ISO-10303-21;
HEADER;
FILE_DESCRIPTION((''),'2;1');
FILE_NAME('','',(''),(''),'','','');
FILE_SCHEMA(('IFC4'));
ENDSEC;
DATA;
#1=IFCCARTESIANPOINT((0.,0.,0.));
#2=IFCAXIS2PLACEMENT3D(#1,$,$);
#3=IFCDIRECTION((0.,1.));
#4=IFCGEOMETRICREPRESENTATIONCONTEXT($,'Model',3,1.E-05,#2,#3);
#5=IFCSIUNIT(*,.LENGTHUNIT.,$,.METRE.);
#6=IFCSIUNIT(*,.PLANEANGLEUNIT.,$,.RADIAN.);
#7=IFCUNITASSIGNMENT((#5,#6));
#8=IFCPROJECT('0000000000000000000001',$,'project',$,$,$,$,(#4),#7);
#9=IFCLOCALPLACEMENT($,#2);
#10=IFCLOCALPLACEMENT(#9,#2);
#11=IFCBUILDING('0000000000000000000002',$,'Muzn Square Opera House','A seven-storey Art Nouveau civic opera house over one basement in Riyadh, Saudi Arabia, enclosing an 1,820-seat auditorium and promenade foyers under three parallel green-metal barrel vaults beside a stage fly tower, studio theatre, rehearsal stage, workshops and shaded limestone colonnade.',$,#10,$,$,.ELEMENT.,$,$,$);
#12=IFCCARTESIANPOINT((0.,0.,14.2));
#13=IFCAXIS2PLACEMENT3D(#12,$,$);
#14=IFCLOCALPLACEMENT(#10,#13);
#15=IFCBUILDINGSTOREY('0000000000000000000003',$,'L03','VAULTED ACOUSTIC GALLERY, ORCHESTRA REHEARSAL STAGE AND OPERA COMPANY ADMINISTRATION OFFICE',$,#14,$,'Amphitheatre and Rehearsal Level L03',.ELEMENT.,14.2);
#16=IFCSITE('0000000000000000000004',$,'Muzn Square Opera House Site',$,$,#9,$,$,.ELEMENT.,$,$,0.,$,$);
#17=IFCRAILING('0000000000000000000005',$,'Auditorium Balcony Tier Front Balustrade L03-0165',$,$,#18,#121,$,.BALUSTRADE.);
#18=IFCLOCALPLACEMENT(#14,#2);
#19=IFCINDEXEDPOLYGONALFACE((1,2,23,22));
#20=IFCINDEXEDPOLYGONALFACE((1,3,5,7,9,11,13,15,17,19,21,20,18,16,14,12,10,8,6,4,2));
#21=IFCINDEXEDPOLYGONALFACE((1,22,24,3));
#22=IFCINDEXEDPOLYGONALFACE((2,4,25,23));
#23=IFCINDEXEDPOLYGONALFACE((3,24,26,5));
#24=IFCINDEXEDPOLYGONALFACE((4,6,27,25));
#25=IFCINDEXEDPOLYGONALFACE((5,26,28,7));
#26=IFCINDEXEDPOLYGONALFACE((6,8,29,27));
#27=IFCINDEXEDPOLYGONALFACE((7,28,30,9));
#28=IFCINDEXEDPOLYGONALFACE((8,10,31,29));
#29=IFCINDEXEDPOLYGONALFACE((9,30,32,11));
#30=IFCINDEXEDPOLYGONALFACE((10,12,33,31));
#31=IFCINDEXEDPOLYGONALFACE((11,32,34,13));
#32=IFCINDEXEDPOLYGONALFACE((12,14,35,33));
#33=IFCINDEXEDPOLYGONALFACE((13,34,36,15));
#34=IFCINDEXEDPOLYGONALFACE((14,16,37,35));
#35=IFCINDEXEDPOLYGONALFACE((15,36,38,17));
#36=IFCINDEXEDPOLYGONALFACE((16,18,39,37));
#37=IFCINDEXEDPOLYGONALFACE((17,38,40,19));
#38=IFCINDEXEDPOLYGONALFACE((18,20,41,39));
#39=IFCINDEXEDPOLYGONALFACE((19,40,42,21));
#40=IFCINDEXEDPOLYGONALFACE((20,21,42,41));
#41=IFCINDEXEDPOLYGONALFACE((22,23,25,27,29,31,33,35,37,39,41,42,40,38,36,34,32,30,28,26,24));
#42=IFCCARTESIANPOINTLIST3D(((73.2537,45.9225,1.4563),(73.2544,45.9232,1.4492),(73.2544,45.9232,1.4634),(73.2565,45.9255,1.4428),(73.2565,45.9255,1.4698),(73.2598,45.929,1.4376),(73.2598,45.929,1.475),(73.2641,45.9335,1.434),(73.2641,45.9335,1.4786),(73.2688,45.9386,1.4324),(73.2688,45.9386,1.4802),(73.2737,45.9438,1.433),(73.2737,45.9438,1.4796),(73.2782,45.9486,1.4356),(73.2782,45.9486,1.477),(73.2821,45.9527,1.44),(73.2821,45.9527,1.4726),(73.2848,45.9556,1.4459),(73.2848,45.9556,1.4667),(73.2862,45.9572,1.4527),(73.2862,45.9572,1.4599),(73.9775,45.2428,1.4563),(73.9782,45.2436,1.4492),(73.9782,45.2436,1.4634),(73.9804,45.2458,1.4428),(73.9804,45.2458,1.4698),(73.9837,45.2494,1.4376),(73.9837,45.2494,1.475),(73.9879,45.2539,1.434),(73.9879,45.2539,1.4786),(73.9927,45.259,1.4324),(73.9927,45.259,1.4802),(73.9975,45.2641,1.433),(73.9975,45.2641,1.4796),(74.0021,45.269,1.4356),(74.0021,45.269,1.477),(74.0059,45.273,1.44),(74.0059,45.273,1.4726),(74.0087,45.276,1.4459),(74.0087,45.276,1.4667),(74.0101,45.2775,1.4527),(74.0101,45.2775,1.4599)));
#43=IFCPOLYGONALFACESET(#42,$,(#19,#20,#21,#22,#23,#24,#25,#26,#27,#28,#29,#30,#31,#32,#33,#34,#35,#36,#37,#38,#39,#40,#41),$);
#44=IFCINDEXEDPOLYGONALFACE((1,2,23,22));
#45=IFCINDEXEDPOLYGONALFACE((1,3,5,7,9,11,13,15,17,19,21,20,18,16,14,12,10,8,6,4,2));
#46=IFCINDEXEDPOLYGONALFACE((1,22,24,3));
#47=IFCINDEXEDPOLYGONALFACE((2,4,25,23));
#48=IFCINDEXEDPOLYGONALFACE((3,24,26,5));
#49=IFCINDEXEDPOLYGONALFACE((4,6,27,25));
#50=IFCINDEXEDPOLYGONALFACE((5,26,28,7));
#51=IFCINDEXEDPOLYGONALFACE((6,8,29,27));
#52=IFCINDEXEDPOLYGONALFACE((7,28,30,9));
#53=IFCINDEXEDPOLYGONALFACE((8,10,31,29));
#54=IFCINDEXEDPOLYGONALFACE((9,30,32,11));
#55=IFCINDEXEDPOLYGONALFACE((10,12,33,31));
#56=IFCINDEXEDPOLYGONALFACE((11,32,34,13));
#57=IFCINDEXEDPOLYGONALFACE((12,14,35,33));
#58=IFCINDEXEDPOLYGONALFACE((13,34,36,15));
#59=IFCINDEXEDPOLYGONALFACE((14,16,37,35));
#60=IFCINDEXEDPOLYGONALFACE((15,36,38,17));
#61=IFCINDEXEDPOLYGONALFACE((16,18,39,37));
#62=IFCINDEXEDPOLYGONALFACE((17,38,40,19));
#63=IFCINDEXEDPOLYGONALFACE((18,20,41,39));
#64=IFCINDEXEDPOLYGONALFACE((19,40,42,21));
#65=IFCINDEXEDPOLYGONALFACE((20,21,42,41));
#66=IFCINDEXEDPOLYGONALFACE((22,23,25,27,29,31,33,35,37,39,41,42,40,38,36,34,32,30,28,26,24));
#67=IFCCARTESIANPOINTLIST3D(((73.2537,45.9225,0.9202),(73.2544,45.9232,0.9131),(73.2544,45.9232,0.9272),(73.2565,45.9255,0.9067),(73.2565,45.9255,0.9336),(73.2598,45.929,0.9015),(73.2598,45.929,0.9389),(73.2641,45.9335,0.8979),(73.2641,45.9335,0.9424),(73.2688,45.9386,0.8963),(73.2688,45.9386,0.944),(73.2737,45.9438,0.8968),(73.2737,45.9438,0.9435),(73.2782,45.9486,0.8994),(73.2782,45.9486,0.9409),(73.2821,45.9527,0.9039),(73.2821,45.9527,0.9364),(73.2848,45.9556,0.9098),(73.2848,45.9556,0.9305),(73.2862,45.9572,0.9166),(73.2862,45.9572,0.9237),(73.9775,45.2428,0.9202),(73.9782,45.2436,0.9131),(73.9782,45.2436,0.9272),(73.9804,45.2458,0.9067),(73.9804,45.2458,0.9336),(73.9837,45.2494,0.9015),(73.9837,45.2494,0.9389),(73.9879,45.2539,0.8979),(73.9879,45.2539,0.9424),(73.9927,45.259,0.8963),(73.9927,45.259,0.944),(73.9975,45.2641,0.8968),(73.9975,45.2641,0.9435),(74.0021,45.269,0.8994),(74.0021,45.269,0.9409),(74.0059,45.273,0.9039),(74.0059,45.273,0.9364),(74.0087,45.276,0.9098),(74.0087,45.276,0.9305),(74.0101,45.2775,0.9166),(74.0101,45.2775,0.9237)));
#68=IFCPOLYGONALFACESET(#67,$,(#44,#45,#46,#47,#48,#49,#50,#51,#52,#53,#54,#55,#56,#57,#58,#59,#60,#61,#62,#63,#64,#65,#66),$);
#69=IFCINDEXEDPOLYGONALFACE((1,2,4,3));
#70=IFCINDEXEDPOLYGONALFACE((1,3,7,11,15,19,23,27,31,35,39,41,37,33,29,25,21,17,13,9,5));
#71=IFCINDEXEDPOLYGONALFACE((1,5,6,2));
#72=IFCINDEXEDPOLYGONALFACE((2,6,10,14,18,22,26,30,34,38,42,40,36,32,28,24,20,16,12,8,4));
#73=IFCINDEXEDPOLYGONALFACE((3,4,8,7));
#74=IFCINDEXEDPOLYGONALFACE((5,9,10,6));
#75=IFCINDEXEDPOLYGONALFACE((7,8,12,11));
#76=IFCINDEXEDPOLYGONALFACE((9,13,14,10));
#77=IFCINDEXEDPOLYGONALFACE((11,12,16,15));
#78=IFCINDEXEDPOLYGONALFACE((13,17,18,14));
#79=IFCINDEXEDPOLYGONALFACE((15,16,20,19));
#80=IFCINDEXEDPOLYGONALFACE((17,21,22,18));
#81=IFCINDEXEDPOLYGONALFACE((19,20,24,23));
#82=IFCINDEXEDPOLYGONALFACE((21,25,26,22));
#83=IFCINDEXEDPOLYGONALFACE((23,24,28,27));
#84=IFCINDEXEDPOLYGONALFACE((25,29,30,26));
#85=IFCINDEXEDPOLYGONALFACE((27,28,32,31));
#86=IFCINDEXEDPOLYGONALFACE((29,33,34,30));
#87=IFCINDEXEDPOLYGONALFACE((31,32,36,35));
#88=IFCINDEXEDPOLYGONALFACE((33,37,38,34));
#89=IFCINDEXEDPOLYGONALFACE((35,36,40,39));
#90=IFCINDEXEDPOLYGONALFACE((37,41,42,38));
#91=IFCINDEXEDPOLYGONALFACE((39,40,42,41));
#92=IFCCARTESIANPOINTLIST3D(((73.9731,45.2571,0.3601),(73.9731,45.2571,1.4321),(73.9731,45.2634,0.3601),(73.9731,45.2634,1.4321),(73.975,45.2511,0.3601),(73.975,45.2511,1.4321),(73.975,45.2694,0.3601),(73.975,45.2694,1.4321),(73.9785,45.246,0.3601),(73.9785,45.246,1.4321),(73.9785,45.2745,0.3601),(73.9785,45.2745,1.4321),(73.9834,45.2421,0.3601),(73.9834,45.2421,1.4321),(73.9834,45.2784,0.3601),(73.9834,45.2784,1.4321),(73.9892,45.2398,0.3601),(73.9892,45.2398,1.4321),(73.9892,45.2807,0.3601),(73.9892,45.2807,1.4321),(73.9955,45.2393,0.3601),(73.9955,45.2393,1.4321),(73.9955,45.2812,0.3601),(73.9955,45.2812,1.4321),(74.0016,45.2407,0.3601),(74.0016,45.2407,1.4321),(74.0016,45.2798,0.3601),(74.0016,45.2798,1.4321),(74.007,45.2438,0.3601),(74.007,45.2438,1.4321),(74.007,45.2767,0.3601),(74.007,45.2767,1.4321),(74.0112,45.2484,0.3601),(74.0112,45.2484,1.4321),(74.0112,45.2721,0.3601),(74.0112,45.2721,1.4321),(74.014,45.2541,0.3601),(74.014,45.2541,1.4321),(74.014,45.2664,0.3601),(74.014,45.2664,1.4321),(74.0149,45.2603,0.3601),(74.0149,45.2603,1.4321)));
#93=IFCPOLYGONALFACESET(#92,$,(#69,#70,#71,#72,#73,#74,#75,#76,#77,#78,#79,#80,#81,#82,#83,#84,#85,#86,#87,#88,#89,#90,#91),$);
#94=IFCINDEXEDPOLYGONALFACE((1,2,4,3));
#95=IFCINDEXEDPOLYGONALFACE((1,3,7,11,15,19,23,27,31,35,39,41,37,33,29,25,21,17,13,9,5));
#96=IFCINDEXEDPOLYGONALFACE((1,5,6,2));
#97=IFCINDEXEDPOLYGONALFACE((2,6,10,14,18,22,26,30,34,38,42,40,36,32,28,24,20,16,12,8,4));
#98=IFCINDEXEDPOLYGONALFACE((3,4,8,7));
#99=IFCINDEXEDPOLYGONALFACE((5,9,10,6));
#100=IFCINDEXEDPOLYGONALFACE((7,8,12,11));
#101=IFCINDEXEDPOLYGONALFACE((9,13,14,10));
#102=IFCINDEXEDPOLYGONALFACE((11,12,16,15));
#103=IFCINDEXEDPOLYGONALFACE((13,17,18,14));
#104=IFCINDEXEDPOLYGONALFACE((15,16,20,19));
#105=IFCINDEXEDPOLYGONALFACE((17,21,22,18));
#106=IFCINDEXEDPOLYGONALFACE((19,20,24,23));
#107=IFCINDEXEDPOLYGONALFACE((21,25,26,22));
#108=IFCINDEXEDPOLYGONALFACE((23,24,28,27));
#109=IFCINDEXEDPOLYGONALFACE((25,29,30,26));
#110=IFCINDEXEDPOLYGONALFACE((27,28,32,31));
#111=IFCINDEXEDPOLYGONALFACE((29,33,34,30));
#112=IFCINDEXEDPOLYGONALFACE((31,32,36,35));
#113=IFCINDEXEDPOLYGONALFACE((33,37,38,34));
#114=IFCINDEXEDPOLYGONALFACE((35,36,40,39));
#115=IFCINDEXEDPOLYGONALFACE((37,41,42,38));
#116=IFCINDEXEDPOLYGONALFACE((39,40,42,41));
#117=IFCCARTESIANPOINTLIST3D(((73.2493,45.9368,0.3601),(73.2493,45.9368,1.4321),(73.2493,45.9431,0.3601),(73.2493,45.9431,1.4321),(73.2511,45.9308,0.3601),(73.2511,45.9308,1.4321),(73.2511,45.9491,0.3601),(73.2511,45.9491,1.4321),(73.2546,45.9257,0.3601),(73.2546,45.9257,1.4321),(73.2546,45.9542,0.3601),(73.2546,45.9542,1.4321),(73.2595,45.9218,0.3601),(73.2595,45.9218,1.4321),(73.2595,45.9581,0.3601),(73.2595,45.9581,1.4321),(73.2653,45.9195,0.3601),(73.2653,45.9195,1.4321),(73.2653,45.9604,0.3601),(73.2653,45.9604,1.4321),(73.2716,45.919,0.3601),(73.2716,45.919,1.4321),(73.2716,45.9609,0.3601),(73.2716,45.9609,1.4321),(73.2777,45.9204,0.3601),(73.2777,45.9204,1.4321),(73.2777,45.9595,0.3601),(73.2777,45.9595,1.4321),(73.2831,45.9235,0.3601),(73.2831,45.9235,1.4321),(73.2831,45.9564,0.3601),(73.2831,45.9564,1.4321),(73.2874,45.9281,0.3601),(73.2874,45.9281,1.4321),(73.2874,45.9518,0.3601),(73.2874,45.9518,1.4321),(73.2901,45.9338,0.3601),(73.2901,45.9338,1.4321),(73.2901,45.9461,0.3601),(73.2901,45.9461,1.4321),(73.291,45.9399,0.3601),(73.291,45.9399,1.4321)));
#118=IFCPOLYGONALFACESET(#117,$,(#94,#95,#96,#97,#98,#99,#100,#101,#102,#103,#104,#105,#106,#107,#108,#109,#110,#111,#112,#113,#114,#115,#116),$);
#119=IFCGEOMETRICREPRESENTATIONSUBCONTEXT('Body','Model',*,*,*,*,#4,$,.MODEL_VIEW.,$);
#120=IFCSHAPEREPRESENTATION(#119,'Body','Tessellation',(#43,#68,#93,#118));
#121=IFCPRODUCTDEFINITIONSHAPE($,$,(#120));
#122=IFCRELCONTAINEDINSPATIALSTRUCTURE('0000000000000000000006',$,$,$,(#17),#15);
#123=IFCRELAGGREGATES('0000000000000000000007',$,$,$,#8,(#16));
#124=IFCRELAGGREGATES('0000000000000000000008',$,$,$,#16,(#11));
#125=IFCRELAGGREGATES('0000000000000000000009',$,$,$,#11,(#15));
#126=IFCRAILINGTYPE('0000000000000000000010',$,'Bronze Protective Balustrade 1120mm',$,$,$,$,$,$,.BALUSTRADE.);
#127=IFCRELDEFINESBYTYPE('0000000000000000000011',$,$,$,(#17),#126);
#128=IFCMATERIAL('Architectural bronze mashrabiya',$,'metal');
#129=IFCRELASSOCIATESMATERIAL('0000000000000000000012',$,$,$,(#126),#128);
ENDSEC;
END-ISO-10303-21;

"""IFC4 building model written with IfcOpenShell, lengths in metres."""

from ifc_helpers import new_model, si_unit, direction, frame, origin, origin_2d, place, context, subcontext, project, spatial, circle, extrude, material, type_object, element, save


model = new_model("IFC4")

# Units and contexts
model_context = context("Model", 3, precision=1e-05, world=origin(), true_north=direction((0.0, 1.0)))
body_context = subcontext(model_context, "Body", "Model", "MODEL_VIEW")
ifc_project = project(units=[si_unit("LENGTHUNIT", "METRE"), si_unit("PLANEANGLEUNIT", "RADIAN")], contexts=[model_context])

# Site, building, storey
site_placement = place(None, origin())
site = spatial("IfcSite", under=ifc_project, at=site_placement, Name="Muzn Square Opera House Site", CompositionType="ELEMENT", RefElevation=0.0)
building_placement = place(site_placement, origin())
building = spatial("IfcBuilding", under=site, at=building_placement, Name="Muzn Square Opera House", Description="A seven-storey Art Nouveau civic opera house over one basement in Riyadh, Saudi Arabia, enclosing an 1,820-seat auditorium and promenade foyers under three parallel green-metal barrel vaults beside a stage fly tower, studio theatre, rehearsal stage, workshops and shaded limestone colonnade.", CompositionType="ELEMENT")
storey_placement = place(building_placement, frame((0.0, 0.0, 14.2)))
storey = spatial("IfcBuildingStorey", under=building, at=storey_placement, Name="L03", Description="VAULTED ACOUSTIC GALLERY, ORCHESTRA REHEARSAL STAGE AND OPERA COMPANY ADMINISTRATION OFFICE", LongName="Amphitheatre and Rehearsal Level L03", CompositionType="ELEMENT", Elevation=14.2)

# Railing
ifc_material_1 = material(Name="Architectural bronze mashrabiya", Category="metal")
railing_type = type_object("IfcRailingType", Name="Bronze Protective Balustrade 1120mm", PredefinedType="BALUSTRADE", material=ifc_material_1)
railing_1_placement = place(storey_placement, frame((73.9939, 45.2603, 0.3601)))
element("IfcRailing", 1, at=railing_1_placement, inside=storey, type_object=railing_type, Name="Auditorium Balcony Tier Front Balustrade L03-0165", PredefinedType="BALUSTRADE", context=body_context, shape_type="SweptSolid", body=[
    extrude(circle(Radius=0.0239, at=origin_2d()), frame((0.0, 0.0, 1.0962), z_axis=(-0.729008, 0.684505, 0.0), x_axis=(-0.684505, -0.729008, 0.0)), (0.0, 0.0, 1.0), 0.9929),
    extrude(circle(Radius=0.0239, at=origin_2d()), frame((0.0, 0.0, 0.5601), z_axis=(-0.729008, 0.684505, 0.0), x_axis=(-0.684505, -0.729008, 0.0)), (0.0, 0.0, 1.0), 0.9929),
    extrude(circle(Radius=0.021, at=origin_2d()), origin(), (0.0, 0.0, 1.0), 1.072),
    extrude(circle(Radius=0.021, at=origin_2d()), frame((-0.7239, 0.6797, 0.0)), (0.0, 0.0, 1.0), 1.072),
])

save(model, "model.ifc")
